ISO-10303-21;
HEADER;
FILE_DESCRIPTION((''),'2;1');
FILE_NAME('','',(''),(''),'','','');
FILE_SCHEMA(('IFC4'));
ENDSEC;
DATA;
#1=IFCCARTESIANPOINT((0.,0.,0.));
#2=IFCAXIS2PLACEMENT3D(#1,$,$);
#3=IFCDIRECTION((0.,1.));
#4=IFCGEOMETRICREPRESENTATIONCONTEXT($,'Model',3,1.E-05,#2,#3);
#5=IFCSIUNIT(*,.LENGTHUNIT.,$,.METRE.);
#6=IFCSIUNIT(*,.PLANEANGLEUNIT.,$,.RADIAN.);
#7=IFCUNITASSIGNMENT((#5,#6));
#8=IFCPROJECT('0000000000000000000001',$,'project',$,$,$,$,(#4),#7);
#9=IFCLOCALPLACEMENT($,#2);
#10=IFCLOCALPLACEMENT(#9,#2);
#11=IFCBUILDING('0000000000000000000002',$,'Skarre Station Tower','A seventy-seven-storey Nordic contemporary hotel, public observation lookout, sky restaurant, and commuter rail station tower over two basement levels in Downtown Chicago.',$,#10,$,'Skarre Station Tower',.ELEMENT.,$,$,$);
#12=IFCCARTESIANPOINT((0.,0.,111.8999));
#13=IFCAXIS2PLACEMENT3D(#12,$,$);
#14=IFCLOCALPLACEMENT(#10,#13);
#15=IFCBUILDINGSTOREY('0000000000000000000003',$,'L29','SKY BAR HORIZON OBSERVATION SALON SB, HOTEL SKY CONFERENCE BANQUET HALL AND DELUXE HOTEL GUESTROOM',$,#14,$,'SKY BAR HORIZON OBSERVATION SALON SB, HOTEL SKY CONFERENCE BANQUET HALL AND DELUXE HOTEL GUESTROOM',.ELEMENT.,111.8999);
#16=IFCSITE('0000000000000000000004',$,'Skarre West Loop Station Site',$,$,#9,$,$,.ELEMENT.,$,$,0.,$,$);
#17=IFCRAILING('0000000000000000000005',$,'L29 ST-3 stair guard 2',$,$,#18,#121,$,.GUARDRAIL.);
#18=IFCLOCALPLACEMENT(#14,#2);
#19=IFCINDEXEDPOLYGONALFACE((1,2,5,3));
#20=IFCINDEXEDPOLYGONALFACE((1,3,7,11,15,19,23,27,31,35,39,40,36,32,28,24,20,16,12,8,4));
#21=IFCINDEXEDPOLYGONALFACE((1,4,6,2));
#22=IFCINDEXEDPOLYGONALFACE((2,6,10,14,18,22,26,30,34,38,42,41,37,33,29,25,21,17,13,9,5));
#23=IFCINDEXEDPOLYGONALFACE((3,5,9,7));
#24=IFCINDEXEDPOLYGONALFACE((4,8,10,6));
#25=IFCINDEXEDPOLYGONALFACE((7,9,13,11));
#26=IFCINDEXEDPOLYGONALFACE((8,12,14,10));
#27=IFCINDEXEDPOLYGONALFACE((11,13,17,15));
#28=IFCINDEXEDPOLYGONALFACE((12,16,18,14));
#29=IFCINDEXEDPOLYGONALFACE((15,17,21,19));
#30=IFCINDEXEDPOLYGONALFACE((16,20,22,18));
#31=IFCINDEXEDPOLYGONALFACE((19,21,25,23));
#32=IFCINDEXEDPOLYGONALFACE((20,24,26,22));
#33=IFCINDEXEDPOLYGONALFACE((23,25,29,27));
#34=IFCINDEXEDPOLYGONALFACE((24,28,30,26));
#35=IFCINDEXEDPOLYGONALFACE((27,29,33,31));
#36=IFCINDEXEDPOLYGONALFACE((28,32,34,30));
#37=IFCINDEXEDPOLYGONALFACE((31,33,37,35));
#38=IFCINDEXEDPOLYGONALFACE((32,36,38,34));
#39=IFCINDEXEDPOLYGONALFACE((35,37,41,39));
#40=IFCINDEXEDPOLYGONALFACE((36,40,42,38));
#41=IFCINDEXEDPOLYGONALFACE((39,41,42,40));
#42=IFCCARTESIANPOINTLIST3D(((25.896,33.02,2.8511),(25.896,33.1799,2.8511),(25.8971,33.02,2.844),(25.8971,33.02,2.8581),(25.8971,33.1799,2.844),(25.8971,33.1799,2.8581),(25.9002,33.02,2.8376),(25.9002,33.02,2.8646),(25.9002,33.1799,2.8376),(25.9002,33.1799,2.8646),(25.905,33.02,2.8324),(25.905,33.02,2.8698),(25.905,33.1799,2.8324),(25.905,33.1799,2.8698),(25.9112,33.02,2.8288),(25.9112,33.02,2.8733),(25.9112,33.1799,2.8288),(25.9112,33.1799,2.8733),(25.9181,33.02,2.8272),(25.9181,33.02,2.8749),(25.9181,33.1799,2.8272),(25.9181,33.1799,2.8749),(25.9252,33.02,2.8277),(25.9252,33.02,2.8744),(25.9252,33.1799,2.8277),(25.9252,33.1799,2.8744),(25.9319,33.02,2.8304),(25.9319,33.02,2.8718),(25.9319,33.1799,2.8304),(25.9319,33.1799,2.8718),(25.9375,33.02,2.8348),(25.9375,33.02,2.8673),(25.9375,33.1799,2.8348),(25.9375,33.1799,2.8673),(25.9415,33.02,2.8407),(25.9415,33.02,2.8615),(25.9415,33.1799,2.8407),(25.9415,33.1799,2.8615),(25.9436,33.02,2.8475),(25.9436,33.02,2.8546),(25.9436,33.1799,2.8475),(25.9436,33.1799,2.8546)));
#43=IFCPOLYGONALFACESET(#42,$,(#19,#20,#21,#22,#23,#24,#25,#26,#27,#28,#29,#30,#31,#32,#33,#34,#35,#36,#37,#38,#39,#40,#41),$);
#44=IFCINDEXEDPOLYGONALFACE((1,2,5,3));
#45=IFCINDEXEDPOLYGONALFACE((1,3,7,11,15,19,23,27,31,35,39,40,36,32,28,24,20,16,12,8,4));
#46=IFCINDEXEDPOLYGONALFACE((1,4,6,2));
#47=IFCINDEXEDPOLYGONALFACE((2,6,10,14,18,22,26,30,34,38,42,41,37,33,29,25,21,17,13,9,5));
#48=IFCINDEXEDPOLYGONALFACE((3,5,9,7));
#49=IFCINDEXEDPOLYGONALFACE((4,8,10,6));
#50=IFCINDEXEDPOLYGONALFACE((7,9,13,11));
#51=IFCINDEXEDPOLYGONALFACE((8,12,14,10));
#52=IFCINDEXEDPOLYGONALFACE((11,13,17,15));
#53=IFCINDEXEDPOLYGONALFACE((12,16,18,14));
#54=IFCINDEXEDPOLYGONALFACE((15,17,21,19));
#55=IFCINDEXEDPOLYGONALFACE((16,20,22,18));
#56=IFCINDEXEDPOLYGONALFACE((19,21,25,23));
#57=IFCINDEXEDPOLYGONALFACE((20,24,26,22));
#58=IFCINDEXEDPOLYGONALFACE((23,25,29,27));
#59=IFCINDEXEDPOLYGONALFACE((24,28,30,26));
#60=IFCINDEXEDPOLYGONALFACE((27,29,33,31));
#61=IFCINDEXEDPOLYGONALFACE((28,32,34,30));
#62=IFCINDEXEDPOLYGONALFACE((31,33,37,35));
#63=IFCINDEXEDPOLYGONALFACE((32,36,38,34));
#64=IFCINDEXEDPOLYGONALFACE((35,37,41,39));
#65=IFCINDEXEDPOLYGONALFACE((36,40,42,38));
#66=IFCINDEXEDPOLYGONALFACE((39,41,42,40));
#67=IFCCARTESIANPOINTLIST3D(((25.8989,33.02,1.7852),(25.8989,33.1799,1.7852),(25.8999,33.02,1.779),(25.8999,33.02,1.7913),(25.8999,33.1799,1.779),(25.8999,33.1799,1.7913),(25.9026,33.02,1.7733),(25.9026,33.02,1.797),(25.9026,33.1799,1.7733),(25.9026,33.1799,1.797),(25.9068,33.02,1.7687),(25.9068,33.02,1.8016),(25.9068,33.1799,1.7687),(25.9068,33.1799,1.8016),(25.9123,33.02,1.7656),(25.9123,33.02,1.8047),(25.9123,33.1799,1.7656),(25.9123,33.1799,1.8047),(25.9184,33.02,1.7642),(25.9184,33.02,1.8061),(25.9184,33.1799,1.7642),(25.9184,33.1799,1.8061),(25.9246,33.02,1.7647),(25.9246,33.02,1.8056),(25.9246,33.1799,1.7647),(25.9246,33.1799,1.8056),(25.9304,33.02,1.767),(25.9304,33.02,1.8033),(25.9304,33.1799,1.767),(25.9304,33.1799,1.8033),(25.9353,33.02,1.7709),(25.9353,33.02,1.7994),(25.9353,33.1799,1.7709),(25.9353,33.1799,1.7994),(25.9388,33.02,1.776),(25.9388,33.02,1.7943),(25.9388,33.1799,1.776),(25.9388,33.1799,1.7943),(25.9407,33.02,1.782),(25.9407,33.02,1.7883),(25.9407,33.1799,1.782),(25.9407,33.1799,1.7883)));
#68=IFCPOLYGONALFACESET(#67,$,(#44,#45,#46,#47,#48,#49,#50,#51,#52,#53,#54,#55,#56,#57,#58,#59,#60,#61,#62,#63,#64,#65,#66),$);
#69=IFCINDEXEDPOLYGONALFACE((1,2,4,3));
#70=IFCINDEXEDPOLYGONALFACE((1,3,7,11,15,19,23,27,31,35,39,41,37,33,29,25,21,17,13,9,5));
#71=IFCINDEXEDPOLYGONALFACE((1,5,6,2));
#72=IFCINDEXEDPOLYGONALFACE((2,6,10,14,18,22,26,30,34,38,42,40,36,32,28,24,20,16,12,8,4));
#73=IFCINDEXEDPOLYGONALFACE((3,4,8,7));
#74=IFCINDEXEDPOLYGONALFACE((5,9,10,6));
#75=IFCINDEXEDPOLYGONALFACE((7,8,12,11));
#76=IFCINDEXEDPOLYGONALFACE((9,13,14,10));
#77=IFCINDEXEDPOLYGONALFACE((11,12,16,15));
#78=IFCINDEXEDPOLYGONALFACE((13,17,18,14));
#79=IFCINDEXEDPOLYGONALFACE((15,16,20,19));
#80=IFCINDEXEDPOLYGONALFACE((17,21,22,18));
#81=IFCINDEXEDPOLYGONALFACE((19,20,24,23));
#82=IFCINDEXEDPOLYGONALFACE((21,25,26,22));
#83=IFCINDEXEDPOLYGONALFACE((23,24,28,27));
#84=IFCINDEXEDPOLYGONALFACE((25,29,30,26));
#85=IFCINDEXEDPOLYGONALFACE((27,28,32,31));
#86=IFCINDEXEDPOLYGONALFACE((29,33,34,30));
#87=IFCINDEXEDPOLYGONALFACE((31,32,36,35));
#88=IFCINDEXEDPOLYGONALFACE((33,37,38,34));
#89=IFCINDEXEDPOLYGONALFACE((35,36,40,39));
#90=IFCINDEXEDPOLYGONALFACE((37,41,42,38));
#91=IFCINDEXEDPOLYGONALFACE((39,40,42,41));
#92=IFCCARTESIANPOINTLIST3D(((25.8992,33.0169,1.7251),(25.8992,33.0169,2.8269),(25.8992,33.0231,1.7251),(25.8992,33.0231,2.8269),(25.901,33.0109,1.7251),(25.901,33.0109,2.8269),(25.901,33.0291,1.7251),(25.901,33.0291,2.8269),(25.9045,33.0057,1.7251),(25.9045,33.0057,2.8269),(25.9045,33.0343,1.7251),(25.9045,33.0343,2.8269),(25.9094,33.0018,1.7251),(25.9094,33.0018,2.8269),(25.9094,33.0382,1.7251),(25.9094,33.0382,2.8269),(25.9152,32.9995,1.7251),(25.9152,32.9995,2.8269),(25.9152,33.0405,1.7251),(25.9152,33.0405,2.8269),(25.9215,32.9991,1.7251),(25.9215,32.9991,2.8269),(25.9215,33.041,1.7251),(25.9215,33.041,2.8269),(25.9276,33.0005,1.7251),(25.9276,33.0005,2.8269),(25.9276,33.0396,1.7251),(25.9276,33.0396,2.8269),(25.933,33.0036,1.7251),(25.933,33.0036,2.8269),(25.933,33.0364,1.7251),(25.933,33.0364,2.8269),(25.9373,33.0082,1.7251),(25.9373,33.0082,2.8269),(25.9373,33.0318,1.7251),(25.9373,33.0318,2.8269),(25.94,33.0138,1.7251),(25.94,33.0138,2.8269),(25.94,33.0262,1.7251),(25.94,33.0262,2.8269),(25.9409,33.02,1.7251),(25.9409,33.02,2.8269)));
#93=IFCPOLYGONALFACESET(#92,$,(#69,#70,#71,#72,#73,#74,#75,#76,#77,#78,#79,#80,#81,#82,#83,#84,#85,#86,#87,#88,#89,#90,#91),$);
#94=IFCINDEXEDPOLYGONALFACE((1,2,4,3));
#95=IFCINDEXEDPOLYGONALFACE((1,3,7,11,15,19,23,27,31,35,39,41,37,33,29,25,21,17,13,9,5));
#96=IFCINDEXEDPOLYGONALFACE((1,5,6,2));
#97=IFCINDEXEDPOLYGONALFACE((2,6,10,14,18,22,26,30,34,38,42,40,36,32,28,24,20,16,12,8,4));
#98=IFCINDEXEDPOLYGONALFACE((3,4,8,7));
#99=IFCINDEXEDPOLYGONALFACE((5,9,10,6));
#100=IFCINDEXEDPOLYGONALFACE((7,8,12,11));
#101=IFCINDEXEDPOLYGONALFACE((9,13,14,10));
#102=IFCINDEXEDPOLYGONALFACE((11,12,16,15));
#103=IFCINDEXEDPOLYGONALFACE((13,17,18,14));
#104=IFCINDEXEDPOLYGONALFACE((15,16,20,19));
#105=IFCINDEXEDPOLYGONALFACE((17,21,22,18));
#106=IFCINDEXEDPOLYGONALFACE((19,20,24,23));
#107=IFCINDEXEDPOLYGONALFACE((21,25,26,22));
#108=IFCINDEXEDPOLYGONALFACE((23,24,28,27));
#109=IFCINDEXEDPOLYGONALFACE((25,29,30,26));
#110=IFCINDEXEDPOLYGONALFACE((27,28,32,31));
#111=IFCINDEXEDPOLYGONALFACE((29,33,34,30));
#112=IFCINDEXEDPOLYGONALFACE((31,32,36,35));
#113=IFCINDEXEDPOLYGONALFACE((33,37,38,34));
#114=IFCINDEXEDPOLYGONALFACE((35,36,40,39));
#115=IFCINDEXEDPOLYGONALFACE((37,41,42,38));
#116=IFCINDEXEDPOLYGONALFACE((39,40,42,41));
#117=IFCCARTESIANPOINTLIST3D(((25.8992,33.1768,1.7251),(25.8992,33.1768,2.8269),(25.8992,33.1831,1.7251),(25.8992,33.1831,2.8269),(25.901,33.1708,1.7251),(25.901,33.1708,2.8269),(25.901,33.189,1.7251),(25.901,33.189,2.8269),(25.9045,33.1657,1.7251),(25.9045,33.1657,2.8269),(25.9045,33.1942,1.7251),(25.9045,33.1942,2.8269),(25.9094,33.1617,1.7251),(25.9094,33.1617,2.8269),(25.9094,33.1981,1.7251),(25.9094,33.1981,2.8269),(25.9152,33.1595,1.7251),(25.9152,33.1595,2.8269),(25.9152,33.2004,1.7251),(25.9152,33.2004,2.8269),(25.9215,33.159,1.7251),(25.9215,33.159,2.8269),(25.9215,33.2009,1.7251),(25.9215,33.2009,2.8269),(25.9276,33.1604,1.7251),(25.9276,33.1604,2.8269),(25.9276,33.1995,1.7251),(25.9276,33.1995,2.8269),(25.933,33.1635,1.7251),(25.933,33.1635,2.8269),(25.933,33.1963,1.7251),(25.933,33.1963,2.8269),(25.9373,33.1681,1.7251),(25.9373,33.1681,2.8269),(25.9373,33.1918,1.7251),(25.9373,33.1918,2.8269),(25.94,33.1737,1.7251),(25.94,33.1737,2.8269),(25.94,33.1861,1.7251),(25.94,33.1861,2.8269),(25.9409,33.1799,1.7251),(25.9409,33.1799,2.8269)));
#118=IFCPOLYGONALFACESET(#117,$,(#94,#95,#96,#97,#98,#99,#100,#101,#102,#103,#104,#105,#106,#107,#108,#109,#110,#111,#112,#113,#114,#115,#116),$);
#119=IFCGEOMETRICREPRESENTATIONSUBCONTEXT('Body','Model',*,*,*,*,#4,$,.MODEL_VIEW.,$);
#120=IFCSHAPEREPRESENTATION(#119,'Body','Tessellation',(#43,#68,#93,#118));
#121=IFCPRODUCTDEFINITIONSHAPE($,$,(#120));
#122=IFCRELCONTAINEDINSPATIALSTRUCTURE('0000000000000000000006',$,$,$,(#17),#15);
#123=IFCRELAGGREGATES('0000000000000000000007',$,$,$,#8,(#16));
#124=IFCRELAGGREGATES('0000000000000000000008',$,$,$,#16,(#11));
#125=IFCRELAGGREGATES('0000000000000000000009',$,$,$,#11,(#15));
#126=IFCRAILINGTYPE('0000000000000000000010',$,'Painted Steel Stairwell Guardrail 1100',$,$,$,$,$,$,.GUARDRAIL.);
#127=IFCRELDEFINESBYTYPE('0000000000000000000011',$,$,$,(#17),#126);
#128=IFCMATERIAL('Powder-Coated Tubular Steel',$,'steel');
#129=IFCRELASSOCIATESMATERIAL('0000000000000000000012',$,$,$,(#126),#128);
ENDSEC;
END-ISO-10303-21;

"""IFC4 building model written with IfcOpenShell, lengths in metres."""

from ifc_helpers import new_model, si_unit, direction, frame, origin, origin_2d, place, context, subcontext, project, spatial, circle, extrude, material, type_object, element, save


model = new_model("IFC4")

# Units and contexts
model_context = context("Model", 3, precision=1e-05, world=origin(), true_north=direction((0.0, 1.0)))
body_context = subcontext(model_context, "Body", "Model", "MODEL_VIEW")
ifc_project = project(units=[si_unit("LENGTHUNIT", "METRE"), si_unit("PLANEANGLEUNIT", "RADIAN")], contexts=[model_context])

# Site, building, storey
site_placement = place(None, origin())
site = spatial("IfcSite", under=ifc_project, at=site_placement, Name="Skarre West Loop Station Site", CompositionType="ELEMENT", RefElevation=0.0)
building_placement = place(site_placement, origin())
building = spatial("IfcBuilding", under=site, at=building_placement, Name="Skarre Station Tower", Description="A seventy-seven-storey Nordic contemporary hotel, public observation lookout, sky restaurant, and commuter rail station tower over two basement levels in Downtown Chicago.", LongName="Skarre Station Tower", CompositionType="ELEMENT")
storey_placement = place(building_placement, frame((0.0, 0.0, 111.8999)))
storey = spatial("IfcBuildingStorey", under=building, at=storey_placement, Name="L29", Description="SKY BAR HORIZON OBSERVATION SALON SB, HOTEL SKY CONFERENCE BANQUET HALL AND DELUXE HOTEL GUESTROOM", LongName="SKY BAR HORIZON OBSERVATION SALON SB, HOTEL SKY CONFERENCE BANQUET HALL AND DELUXE HOTEL GUESTROOM", CompositionType="ELEMENT", Elevation=111.8999)

# Railing
ifc_material_1 = material(Name="Powder-Coated Tubular Steel", Category="steel")
railing_type_1 = type_object("IfcRailingType", Name="Painted Steel Stairwell Guardrail 1100", PredefinedType="GUARDRAIL", material=ifc_material_1)
railing_1_placement = place(storey_placement, frame((25.9199, 33.02, 1.7251)))
element("IfcRailing", 1, at=railing_1_placement, inside=storey, type_object=railing_type_1, Name="L29 ST-3 stair guard 2", PredefinedType="GUARDRAIL", context=body_context, shape_type="SweptSolid", body=[
    extrude(circle(Radius=0.0239, at=origin_2d()), frame((0.0, 0.0, 1.126), z_axis=(0.0, 1.0, 0.0), x_axis=(-1.0, 0.0, 0.0)), (0.0, 0.0, 1.0), 0.1599),
    extrude(circle(Radius=0.021, at=origin_2d()), frame((0.0, 0.0, 0.0601), z_axis=(0.0, 1.0, 0.0), x_axis=(-1.0, 0.0, 0.0)), (0.0, 0.0, 1.0), 0.1599),
    extrude(circle(Radius=0.021, at=origin_2d()), origin(), (0.0, 0.0, 1.0), 1.1018),
    extrude(circle(Radius=0.021, at=origin_2d()), frame((0.0, 0.1599, 0.0)), (0.0, 0.0, 1.0), 1.1018),
])

save(model, "model.ifc")
